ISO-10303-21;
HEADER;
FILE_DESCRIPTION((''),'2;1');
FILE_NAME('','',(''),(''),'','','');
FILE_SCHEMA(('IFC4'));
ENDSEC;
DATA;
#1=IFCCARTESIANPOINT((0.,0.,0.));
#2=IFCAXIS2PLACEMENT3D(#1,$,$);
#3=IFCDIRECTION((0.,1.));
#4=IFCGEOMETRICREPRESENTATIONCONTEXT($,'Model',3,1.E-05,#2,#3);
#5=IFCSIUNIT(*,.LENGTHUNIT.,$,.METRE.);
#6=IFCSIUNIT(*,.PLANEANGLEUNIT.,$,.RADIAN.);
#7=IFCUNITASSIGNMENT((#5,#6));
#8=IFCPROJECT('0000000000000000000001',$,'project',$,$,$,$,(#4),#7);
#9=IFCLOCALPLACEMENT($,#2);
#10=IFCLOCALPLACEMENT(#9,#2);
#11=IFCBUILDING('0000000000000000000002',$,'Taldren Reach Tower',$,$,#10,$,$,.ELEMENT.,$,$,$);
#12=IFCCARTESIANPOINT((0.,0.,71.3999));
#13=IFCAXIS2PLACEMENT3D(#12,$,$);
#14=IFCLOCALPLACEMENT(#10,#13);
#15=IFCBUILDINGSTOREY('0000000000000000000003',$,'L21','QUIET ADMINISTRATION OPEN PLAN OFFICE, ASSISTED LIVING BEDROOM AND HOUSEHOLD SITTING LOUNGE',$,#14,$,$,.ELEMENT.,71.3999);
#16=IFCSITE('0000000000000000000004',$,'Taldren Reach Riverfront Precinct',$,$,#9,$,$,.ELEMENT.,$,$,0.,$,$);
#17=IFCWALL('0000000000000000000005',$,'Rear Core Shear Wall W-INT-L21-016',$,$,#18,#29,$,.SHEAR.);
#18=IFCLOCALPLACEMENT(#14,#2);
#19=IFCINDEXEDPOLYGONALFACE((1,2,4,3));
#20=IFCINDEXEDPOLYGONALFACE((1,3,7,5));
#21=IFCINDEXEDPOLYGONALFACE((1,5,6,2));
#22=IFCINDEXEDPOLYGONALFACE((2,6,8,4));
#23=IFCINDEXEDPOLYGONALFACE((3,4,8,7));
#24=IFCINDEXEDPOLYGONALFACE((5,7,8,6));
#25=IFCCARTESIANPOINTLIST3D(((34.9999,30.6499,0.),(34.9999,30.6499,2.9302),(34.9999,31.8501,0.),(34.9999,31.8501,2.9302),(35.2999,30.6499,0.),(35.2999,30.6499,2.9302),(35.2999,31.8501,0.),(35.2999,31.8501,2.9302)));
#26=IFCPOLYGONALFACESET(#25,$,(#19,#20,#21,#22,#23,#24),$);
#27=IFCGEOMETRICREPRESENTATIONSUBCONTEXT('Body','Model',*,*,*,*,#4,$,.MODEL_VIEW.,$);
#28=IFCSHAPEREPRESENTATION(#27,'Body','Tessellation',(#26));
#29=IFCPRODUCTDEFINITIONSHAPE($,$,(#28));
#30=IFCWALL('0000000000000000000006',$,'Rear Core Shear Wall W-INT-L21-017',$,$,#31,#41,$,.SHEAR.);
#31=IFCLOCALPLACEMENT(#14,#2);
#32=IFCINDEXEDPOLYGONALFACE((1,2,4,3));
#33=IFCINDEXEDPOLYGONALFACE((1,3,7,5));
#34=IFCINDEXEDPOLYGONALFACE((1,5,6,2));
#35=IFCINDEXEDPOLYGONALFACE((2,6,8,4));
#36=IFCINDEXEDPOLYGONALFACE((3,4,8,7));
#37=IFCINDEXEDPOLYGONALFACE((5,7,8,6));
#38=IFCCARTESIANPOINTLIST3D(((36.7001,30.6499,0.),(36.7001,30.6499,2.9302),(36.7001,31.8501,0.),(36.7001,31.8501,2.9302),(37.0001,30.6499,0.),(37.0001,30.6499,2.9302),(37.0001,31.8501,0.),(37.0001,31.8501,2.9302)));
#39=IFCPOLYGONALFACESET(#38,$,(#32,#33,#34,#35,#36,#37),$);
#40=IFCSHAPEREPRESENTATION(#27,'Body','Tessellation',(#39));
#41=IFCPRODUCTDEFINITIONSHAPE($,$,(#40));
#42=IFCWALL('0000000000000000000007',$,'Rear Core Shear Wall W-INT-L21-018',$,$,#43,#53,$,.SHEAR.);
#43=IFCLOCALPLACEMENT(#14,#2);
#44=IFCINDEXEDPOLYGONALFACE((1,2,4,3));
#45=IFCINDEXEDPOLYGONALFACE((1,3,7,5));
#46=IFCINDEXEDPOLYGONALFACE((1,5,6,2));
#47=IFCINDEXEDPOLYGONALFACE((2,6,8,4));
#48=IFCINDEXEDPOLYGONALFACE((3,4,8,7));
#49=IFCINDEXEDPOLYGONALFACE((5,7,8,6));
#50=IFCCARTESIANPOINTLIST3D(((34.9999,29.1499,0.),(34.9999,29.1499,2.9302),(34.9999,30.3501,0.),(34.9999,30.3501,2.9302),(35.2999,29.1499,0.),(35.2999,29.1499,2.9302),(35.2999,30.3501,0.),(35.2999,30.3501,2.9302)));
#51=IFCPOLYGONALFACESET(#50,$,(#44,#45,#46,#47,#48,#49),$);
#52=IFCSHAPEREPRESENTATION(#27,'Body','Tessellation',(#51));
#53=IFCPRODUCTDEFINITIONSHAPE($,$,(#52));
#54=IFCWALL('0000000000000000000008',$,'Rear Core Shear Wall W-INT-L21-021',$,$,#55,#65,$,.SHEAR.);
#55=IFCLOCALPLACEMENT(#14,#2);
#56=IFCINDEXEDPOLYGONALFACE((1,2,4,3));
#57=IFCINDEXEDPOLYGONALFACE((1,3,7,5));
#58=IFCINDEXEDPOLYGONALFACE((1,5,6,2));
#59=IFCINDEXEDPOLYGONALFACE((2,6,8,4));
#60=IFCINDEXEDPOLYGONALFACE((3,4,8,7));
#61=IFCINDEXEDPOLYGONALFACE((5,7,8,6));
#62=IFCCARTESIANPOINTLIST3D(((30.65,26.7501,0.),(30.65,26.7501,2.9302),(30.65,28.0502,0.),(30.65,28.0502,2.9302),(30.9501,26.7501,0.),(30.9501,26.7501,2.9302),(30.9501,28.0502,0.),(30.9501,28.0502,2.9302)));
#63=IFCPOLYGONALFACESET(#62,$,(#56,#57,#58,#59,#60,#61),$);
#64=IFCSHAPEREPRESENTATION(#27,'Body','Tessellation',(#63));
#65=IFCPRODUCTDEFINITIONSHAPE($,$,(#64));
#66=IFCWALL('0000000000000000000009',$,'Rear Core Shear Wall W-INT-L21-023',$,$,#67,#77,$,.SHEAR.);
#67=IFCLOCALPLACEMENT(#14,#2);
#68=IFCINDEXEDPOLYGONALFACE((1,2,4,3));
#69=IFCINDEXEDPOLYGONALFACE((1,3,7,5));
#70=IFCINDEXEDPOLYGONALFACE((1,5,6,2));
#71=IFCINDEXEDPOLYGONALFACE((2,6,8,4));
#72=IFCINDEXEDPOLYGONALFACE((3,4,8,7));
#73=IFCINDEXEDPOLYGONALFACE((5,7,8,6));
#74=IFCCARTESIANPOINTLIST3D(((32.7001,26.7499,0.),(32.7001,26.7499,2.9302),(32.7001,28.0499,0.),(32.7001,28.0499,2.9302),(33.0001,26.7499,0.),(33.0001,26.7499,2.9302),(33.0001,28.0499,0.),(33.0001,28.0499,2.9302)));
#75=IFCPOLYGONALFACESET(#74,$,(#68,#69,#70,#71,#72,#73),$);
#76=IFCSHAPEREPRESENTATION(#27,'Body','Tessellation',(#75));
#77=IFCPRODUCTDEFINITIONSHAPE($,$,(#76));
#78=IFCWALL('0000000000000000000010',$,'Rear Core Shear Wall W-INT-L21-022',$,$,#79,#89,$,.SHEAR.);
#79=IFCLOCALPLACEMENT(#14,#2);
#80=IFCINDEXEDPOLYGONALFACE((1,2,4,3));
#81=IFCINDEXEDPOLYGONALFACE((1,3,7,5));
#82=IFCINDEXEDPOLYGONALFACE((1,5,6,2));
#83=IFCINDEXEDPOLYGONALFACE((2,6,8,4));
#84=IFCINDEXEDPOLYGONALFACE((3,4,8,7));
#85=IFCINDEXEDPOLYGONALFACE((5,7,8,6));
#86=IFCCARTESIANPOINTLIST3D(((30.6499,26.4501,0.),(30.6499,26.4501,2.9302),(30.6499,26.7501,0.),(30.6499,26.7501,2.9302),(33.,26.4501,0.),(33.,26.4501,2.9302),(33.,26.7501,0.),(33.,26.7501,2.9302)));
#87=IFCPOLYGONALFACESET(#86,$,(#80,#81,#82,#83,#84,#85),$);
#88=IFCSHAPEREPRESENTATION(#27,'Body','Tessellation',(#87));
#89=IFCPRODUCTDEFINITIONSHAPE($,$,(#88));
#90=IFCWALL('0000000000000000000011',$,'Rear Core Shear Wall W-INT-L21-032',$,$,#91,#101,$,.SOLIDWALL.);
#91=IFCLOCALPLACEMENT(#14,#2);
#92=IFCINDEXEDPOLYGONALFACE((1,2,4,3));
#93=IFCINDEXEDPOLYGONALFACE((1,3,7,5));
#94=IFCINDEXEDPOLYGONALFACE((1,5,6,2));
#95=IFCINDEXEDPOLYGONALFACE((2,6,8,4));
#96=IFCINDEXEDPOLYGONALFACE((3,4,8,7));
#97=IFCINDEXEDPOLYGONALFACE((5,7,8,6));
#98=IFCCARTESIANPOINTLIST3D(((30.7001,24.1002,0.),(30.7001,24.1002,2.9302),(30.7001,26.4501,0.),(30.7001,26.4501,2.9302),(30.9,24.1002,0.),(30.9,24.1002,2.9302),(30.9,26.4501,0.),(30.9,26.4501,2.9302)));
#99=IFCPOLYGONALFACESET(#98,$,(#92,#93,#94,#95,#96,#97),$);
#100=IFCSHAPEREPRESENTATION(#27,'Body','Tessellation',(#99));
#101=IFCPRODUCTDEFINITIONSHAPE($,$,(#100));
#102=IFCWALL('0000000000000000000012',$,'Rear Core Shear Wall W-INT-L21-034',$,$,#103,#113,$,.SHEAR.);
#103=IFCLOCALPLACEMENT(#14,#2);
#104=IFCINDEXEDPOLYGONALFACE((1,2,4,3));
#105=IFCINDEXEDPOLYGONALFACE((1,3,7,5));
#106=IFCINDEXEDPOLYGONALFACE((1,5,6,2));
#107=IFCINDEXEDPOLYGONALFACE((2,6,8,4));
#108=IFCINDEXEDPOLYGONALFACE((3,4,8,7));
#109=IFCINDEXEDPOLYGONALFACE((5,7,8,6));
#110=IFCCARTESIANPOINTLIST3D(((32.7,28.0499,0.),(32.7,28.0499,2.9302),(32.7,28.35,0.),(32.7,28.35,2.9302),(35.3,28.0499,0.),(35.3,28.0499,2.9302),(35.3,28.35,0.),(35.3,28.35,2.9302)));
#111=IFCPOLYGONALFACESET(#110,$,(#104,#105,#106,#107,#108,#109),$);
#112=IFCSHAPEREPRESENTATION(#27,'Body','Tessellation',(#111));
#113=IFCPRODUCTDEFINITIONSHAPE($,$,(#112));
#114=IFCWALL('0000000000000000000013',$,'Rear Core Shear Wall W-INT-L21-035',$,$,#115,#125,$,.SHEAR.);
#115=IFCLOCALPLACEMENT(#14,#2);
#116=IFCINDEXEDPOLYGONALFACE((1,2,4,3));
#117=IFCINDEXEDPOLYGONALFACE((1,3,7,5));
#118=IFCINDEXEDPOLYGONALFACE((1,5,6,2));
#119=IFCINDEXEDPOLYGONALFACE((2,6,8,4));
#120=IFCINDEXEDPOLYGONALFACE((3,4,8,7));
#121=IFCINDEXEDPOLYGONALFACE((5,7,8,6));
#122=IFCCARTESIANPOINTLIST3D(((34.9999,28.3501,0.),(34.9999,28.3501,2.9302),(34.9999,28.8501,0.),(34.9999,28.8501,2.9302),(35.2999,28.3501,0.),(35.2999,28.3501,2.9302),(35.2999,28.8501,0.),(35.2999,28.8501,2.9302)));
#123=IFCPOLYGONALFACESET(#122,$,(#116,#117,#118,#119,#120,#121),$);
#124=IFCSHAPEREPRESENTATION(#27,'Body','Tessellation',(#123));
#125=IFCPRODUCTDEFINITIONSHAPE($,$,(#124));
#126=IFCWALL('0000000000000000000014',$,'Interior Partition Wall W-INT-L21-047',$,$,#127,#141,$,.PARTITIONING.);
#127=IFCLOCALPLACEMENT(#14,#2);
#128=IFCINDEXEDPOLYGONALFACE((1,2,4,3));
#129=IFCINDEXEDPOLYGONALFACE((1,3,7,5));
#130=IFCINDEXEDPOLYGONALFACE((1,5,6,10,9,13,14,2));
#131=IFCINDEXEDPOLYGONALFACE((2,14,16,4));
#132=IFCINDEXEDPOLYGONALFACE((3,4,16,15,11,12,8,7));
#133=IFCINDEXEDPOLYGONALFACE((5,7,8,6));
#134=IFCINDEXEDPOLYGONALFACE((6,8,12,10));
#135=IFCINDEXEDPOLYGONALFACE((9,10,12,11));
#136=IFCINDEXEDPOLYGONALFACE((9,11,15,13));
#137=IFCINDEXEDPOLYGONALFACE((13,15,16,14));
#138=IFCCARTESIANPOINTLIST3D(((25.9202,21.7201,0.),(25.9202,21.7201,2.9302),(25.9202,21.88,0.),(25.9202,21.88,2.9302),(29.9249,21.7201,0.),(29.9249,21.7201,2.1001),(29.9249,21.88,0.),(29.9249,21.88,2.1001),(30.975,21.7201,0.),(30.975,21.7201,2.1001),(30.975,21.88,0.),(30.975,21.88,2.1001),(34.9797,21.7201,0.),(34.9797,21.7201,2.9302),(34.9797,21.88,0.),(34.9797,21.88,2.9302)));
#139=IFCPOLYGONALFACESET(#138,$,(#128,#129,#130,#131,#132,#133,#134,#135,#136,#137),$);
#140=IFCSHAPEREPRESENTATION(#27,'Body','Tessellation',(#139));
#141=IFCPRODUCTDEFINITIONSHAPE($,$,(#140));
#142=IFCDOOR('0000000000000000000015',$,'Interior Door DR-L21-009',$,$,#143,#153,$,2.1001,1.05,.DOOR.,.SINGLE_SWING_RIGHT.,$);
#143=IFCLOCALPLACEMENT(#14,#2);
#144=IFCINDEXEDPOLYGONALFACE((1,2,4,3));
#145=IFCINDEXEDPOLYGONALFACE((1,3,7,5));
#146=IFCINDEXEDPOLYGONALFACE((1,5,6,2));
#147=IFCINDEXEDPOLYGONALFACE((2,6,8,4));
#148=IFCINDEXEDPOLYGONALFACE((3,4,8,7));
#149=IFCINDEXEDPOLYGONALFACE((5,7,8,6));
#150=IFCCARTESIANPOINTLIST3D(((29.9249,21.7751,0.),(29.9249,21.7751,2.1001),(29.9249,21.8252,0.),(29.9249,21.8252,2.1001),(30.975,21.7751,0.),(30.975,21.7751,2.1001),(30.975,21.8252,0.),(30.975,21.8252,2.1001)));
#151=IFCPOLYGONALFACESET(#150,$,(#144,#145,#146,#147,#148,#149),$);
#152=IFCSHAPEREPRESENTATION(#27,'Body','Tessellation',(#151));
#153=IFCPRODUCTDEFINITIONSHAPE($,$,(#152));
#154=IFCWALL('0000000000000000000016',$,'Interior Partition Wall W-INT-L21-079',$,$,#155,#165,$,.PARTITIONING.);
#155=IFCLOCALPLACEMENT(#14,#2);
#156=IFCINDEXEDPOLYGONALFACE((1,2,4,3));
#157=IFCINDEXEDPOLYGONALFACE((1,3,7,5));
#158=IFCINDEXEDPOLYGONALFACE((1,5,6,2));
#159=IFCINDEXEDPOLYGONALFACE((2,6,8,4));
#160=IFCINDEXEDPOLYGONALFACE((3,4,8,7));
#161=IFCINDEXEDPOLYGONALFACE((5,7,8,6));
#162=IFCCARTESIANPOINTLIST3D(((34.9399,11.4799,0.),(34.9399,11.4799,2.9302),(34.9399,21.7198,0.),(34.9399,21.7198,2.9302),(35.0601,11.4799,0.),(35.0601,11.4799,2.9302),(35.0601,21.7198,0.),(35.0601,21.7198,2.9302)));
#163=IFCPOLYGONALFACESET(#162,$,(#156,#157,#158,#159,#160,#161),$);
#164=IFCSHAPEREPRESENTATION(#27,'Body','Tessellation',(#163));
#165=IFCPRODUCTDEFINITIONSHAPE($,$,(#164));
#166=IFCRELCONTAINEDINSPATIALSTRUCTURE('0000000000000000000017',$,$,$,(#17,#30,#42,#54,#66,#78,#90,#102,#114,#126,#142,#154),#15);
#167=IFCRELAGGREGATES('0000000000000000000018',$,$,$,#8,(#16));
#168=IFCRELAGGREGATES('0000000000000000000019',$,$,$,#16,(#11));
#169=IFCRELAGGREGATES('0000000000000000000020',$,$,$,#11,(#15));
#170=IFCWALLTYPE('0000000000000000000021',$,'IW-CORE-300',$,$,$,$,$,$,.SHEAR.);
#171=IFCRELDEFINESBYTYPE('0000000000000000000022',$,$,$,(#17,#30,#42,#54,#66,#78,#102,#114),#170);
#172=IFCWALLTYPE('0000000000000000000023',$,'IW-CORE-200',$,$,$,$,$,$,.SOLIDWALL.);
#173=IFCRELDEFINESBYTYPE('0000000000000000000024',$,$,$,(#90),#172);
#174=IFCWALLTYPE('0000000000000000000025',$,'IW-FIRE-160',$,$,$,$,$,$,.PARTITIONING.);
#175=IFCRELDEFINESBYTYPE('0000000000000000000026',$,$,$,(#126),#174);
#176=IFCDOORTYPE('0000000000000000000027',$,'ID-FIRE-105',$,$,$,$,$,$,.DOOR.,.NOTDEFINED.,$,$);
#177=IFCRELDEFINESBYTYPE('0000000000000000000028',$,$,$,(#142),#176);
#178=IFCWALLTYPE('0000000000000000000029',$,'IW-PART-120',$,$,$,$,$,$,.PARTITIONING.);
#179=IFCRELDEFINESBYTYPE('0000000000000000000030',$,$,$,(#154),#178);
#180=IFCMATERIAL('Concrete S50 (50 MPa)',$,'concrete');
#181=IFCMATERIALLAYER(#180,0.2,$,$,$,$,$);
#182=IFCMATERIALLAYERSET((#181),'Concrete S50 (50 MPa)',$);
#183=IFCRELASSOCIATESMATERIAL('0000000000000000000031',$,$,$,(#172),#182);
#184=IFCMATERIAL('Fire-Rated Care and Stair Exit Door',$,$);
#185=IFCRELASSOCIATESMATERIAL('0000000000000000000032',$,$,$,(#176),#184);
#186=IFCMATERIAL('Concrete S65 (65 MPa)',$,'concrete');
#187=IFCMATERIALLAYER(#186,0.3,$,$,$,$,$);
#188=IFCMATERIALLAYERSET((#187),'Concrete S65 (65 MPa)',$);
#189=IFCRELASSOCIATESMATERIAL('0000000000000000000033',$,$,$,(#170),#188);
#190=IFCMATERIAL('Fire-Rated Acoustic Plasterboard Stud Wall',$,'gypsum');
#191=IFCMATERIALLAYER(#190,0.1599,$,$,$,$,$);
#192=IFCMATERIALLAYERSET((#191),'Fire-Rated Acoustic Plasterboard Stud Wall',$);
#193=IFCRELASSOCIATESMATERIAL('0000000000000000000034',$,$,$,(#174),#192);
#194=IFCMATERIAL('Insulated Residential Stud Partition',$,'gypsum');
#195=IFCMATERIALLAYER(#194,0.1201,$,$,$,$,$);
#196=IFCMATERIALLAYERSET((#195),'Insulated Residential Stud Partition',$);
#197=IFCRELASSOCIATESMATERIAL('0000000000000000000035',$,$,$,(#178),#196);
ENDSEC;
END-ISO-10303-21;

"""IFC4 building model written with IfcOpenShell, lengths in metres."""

from ifc_helpers import new_model, si_unit, direction, frame, frame_2d, origin, place, context, subcontext, project, spatial, rectangle, extrude, source, transform, mapped, material, layer, layer_set, type_object, element, fill, save


model = new_model("IFC4")

# Units and contexts
model_context = context("Model", 3, precision=1e-05, world=origin(), true_north=direction((0.0, 1.0)))
body_context = subcontext(model_context, "Body", "Model", "MODEL_VIEW")
ifc_project = project(units=[si_unit("LENGTHUNIT", "METRE"), si_unit("PLANEANGLEUNIT", "RADIAN")], contexts=[model_context])

# Site, building, storey
site_placement = place(None, origin())
site = spatial("IfcSite", under=ifc_project, at=site_placement, Name="Taldren Reach Riverfront Precinct", CompositionType="ELEMENT", RefElevation=0.0)
building_placement = place(site_placement, origin())
building = spatial("IfcBuilding", under=site, at=building_placement, Name="Taldren Reach Tower", CompositionType="ELEMENT")
storey_placement = place(building_placement, frame((0.0, 0.0, 71.3999)))
storey = spatial("IfcBuildingStorey", under=building, at=storey_placement, Name="L21", Description="QUIET ADMINISTRATION OPEN PLAN OFFICE, ASSISTED LIVING BEDROOM AND HOUSEHOLD SITTING LOUNGE", CompositionType="ELEMENT", Elevation=71.3999)

# Shared definitions
ifc_material_1 = material(Name="Concrete S65 (65 MPa)", Category="concrete")

# Shared definitions
ifc_material_2 = material(Name="Concrete S50 (50 MPa)", Category="concrete")
ifc_layer_1 = layer(ifc_material_2, 0.2)
ifc_layer_set_1 = layer_set([ifc_layer_1], Name="Concrete S50 (50 MPa)")
wall_type_1 = type_object("IfcWallType", Name="IW-CORE-200", PredefinedType="SOLIDWALL", material=ifc_layer_set_1)
ifc_material_3 = material(Name="Fire-Rated Care and Stair Exit Door")
door_type_1 = type_object("IfcDoorType", Name="ID-FIRE-105", OperationType="NOTDEFINED", PredefinedType="DOOR", material=ifc_material_3)
shared_shape_1 = source(origin(), body_context, "Body", "SweptSolid", [
    extrude(rectangle(XDim=1.05, YDim=2.1001, at=frame_2d((0.5249, 1.05))), frame((0.0, 0.0249, 0.0), z_axis=(0.0, -1.0, 0.0), x_axis=(1.0, 0.0, 0.0)), (0.0, 0.0, 1.0), 0.05),
])

# Walls
ifc_layer_2 = layer(ifc_material_1, 0.3)
ifc_layer_set_2 = layer_set([ifc_layer_2], Name="Concrete S65 (65 MPa)")
wall_type_2 = type_object("IfcWallType", Name="IW-CORE-300", PredefinedType="SHEAR", material=ifc_layer_set_2)
shared_shape_2 = source(origin(), body_context, "Body", "SweptSolid", [
    extrude(rectangle(XDim=1.2002, YDim=0.3, at=frame_2d((0.6001, 0.0))), origin(), (0.0, 0.0, 1.0), 2.9302),
])
for number, where, z_axis, x_axis, name in (
    (1, (35.1499, 31.8501, 0.0), (0.0, 0.0, 1.0), (0.0, -1.0, 0.0), "Rear Core Shear Wall W-INT-L21-016"),
    (2, (36.8501, 30.6499, 0.0), (0.0, 0.0, 1.0), (0.0, 1.0, 0.0), "Rear Core Shear Wall W-INT-L21-017"),
    (3, (35.1499, 30.3501, 0.0), (0.0, 0.0, 1.0), (0.0, -1.0, 0.0), "Rear Core Shear Wall W-INT-L21-018"),
):
    element("IfcWall", number, at=place(storey_placement, frame(where, z_axis=z_axis, x_axis=x_axis)), inside=storey, type_object=wall_type_2, Name=name, PredefinedType="SHEAR", context=body_context, shape_type="MappedRepresentation", body=[
        mapped(shared_shape_2, transform((0.0, 0.0, 0.0), scale=1.0)),
    ])
shared_shape_3 = source(origin(), body_context, "Body", "SweptSolid", [
    extrude(rectangle(XDim=1.3, YDim=0.3, at=frame_2d((0.6499, 0.0))), origin(), (0.0, 0.0, 1.0), 2.9302),
])
for number, where, z_axis, x_axis, name in (
    (4, (30.8, 28.05, 0.0), (0.0, 0.0, 1.0), (0.0, -1.0, 0.0), "Rear Core Shear Wall W-INT-L21-021"),
    (5, (32.8501, 26.75, 0.0), (0.0, 0.0, 1.0), (0.0, 1.0, 0.0), "Rear Core Shear Wall W-INT-L21-023"),
):
    element("IfcWall", number, at=place(storey_placement, frame(where, z_axis=z_axis, x_axis=x_axis)), inside=storey, type_object=wall_type_2, Name=name, PredefinedType="SHEAR", context=body_context, shape_type="MappedRepresentation", body=[
        mapped(shared_shape_3, transform((0.0, 0.0, 0.0), scale=1.0)),
    ])
shared_shape_4 = source(origin(), body_context, "Body", "SweptSolid", [
    extrude(rectangle(XDim=2.3501, YDim=0.3, at=frame_2d((1.175, 0.0))), origin(), (0.0, 0.0, 1.0), 2.9302),
])
wall_1_placement = place(storey_placement, frame((30.6499, 26.6001, 0.0), z_axis=(0.0, 0.0, 1.0), x_axis=(1.0, 0.0, 0.0)))
element("IfcWall", 6, at=wall_1_placement, inside=storey, type_object=wall_type_2, Name="Rear Core Shear Wall W-INT-L21-022", PredefinedType="SHEAR", context=body_context, shape_type="MappedRepresentation", body=[
    mapped(shared_shape_4, transform((0.0, 0.0, 0.0), scale=1.0)),
])

# Walls
shared_shape_5 = source(origin(), body_context, "Body", "SweptSolid", [
    extrude(rectangle(XDim=2.3499, YDim=0.2, at=frame_2d((1.1748, 0.0))), origin(), (0.0, 0.0, 1.0), 2.9302),
])
wall_2_placement = place(storey_placement, frame((30.8, 26.45, 0.0), z_axis=(0.0, 0.0, 1.0), x_axis=(0.0, -1.0, 0.0)))
element("IfcWall", 7, at=wall_2_placement, inside=storey, type_object=wall_type_1, Name="Rear Core Shear Wall W-INT-L21-032", PredefinedType="SOLIDWALL", context=body_context, shape_type="MappedRepresentation", body=[
    mapped(shared_shape_5, transform((0.0, 0.0, 0.0), scale=1.0)),
])
shared_shape_6 = source(origin(), body_context, "Body", "SweptSolid", [
    extrude(rectangle(XDim=2.6001, YDim=0.3, at=frame_2d((1.3, 0.0))), origin(), (0.0, 0.0, 1.0), 2.9302),
])
wall_3_placement = place(storey_placement, frame((32.7, 28.2, 0.0), z_axis=(0.0, 0.0, 1.0), x_axis=(1.0, 0.0, 0.0)))
element("IfcWall", 8, at=wall_3_placement, inside=storey, type_object=wall_type_2, Name="Rear Core Shear Wall W-INT-L21-034", PredefinedType="SHEAR", context=body_context, shape_type="MappedRepresentation", body=[
    mapped(shared_shape_6, transform((0.0, 0.0, 0.0), scale=1.0)),
])
shared_shape_7 = source(origin(), body_context, "Body", "SweptSolid", [
    extrude(rectangle(XDim=0.5, YDim=0.3, at=frame_2d((0.25, 0.0))), origin(), (0.0, 0.0, 1.0), 2.9302),
])
wall_4_placement = place(storey_placement, frame((35.1499, 28.3501, 0.0), z_axis=(0.0, 0.0, 1.0), x_axis=(0.0, 1.0, 0.0)))
element("IfcWall", 9, at=wall_4_placement, inside=storey, type_object=wall_type_2, Name="Rear Core Shear Wall W-INT-L21-035", PredefinedType="SHEAR", context=body_context, shape_type="MappedRepresentation", body=[
    mapped(shared_shape_7, transform((0.0, 0.0, 0.0), scale=1.0)),
])

# Wall, opening, door
ifc_material_4 = material(Name="Fire-Rated Acoustic Plasterboard Stud Wall", Category="gypsum")
ifc_layer_3 = layer(ifc_material_4, 0.1599)
ifc_layer_set_3 = layer_set([ifc_layer_3], Name="Fire-Rated Acoustic Plasterboard Stud Wall")
wall_type_3 = type_object("IfcWallType", Name="IW-FIRE-160", PredefinedType="PARTITIONING", material=ifc_layer_set_3)
shared_shape_8 = source(origin(), body_context, "Body", "SweptSolid", [
    extrude(rectangle(XDim=9.0596, YDim=0.1599, at=frame_2d((4.5298, 0.0))), origin(), (0.0, 0.0, 1.0), 2.9302),
])
wall_5_placement = place(storey_placement, frame((34.9797, 21.8, 0.0), z_axis=(0.0, 0.0, 1.0), x_axis=(-1.0, 0.0, 0.0)))
wall_5 = element("IfcWall", 10, at=wall_5_placement, inside=storey, type_object=wall_type_3, Name="Interior Partition Wall W-INT-L21-047", PredefinedType="PARTITIONING", context=body_context, shape_type="MappedRepresentation", body=[
    mapped(shared_shape_8, transform((0.0, 0.0, 0.0), scale=1.0)),
])
shared_shape_9 = source(origin(), body_context, "Body", "SweptSolid", [
    extrude(rectangle(XDim=1.05, YDim=2.1001, at=frame_2d((0.5249, 1.05))), frame((0.0, 0.0898, 0.0), z_axis=(0.0, -1.0, 0.0), x_axis=(1.0, 0.0, 0.0)), (0.0, 0.0, 1.0), 0.1799),
])
opening_1_placement = place(wall_5_placement, frame((4.0049, 0.0, 0.0)))
opening_1 = element("IfcOpeningElement", 11, at=opening_1_placement, cuts=wall_5, PredefinedType="OPENING", context=body_context, shape_type="MappedRepresentation", body=[
    mapped(shared_shape_9, transform((0.0, 0.0, 0.0), scale=1.0)),
])
door_1_placement = place(opening_1_placement, origin())
door_1 = element("IfcDoor", 12, at=door_1_placement, inside=storey, type_object=door_type_1, Name="Interior Door DR-L21-009", OperationType="SINGLE_SWING_RIGHT", OverallHeight=2.1001, OverallWidth=1.05, PredefinedType="DOOR", context=body_context, shape_type="MappedRepresentation", body=[
    mapped(shared_shape_1, transform((0.0, 0.0, 0.0), scale=1.0)),
])
fill(opening_1, door_1)

# Wall
ifc_material_5 = material(Name="Insulated Residential Stud Partition", Category="gypsum")
ifc_layer_4 = layer(ifc_material_5, 0.1201)
ifc_layer_set_4 = layer_set([ifc_layer_4], Name="Insulated Residential Stud Partition")
wall_type_4 = type_object("IfcWallType", Name="IW-PART-120", PredefinedType="PARTITIONING", material=ifc_layer_set_4)
shared_shape_10 = source(origin(), body_context, "Body", "SweptSolid", [
    extrude(rectangle(XDim=10.24, YDim=0.1201, at=frame_2d((5.1201, 0.0))), origin(), (0.0, 0.0, 1.0), 2.9302),
])
wall_6_placement = place(storey_placement, frame((35.0, 21.72, 0.0), z_axis=(0.0, 0.0, 1.0), x_axis=(0.0, -1.0, 0.0)))
element("IfcWall", 13, at=wall_6_placement, inside=storey, type_object=wall_type_4, Name="Interior Partition Wall W-INT-L21-079", PredefinedType="PARTITIONING", context=body_context, shape_type="MappedRepresentation", body=[
    mapped(shared_shape_10, transform((0.0, 0.0, 0.0), scale=1.0)),
])

save(model, "model.ifc")
